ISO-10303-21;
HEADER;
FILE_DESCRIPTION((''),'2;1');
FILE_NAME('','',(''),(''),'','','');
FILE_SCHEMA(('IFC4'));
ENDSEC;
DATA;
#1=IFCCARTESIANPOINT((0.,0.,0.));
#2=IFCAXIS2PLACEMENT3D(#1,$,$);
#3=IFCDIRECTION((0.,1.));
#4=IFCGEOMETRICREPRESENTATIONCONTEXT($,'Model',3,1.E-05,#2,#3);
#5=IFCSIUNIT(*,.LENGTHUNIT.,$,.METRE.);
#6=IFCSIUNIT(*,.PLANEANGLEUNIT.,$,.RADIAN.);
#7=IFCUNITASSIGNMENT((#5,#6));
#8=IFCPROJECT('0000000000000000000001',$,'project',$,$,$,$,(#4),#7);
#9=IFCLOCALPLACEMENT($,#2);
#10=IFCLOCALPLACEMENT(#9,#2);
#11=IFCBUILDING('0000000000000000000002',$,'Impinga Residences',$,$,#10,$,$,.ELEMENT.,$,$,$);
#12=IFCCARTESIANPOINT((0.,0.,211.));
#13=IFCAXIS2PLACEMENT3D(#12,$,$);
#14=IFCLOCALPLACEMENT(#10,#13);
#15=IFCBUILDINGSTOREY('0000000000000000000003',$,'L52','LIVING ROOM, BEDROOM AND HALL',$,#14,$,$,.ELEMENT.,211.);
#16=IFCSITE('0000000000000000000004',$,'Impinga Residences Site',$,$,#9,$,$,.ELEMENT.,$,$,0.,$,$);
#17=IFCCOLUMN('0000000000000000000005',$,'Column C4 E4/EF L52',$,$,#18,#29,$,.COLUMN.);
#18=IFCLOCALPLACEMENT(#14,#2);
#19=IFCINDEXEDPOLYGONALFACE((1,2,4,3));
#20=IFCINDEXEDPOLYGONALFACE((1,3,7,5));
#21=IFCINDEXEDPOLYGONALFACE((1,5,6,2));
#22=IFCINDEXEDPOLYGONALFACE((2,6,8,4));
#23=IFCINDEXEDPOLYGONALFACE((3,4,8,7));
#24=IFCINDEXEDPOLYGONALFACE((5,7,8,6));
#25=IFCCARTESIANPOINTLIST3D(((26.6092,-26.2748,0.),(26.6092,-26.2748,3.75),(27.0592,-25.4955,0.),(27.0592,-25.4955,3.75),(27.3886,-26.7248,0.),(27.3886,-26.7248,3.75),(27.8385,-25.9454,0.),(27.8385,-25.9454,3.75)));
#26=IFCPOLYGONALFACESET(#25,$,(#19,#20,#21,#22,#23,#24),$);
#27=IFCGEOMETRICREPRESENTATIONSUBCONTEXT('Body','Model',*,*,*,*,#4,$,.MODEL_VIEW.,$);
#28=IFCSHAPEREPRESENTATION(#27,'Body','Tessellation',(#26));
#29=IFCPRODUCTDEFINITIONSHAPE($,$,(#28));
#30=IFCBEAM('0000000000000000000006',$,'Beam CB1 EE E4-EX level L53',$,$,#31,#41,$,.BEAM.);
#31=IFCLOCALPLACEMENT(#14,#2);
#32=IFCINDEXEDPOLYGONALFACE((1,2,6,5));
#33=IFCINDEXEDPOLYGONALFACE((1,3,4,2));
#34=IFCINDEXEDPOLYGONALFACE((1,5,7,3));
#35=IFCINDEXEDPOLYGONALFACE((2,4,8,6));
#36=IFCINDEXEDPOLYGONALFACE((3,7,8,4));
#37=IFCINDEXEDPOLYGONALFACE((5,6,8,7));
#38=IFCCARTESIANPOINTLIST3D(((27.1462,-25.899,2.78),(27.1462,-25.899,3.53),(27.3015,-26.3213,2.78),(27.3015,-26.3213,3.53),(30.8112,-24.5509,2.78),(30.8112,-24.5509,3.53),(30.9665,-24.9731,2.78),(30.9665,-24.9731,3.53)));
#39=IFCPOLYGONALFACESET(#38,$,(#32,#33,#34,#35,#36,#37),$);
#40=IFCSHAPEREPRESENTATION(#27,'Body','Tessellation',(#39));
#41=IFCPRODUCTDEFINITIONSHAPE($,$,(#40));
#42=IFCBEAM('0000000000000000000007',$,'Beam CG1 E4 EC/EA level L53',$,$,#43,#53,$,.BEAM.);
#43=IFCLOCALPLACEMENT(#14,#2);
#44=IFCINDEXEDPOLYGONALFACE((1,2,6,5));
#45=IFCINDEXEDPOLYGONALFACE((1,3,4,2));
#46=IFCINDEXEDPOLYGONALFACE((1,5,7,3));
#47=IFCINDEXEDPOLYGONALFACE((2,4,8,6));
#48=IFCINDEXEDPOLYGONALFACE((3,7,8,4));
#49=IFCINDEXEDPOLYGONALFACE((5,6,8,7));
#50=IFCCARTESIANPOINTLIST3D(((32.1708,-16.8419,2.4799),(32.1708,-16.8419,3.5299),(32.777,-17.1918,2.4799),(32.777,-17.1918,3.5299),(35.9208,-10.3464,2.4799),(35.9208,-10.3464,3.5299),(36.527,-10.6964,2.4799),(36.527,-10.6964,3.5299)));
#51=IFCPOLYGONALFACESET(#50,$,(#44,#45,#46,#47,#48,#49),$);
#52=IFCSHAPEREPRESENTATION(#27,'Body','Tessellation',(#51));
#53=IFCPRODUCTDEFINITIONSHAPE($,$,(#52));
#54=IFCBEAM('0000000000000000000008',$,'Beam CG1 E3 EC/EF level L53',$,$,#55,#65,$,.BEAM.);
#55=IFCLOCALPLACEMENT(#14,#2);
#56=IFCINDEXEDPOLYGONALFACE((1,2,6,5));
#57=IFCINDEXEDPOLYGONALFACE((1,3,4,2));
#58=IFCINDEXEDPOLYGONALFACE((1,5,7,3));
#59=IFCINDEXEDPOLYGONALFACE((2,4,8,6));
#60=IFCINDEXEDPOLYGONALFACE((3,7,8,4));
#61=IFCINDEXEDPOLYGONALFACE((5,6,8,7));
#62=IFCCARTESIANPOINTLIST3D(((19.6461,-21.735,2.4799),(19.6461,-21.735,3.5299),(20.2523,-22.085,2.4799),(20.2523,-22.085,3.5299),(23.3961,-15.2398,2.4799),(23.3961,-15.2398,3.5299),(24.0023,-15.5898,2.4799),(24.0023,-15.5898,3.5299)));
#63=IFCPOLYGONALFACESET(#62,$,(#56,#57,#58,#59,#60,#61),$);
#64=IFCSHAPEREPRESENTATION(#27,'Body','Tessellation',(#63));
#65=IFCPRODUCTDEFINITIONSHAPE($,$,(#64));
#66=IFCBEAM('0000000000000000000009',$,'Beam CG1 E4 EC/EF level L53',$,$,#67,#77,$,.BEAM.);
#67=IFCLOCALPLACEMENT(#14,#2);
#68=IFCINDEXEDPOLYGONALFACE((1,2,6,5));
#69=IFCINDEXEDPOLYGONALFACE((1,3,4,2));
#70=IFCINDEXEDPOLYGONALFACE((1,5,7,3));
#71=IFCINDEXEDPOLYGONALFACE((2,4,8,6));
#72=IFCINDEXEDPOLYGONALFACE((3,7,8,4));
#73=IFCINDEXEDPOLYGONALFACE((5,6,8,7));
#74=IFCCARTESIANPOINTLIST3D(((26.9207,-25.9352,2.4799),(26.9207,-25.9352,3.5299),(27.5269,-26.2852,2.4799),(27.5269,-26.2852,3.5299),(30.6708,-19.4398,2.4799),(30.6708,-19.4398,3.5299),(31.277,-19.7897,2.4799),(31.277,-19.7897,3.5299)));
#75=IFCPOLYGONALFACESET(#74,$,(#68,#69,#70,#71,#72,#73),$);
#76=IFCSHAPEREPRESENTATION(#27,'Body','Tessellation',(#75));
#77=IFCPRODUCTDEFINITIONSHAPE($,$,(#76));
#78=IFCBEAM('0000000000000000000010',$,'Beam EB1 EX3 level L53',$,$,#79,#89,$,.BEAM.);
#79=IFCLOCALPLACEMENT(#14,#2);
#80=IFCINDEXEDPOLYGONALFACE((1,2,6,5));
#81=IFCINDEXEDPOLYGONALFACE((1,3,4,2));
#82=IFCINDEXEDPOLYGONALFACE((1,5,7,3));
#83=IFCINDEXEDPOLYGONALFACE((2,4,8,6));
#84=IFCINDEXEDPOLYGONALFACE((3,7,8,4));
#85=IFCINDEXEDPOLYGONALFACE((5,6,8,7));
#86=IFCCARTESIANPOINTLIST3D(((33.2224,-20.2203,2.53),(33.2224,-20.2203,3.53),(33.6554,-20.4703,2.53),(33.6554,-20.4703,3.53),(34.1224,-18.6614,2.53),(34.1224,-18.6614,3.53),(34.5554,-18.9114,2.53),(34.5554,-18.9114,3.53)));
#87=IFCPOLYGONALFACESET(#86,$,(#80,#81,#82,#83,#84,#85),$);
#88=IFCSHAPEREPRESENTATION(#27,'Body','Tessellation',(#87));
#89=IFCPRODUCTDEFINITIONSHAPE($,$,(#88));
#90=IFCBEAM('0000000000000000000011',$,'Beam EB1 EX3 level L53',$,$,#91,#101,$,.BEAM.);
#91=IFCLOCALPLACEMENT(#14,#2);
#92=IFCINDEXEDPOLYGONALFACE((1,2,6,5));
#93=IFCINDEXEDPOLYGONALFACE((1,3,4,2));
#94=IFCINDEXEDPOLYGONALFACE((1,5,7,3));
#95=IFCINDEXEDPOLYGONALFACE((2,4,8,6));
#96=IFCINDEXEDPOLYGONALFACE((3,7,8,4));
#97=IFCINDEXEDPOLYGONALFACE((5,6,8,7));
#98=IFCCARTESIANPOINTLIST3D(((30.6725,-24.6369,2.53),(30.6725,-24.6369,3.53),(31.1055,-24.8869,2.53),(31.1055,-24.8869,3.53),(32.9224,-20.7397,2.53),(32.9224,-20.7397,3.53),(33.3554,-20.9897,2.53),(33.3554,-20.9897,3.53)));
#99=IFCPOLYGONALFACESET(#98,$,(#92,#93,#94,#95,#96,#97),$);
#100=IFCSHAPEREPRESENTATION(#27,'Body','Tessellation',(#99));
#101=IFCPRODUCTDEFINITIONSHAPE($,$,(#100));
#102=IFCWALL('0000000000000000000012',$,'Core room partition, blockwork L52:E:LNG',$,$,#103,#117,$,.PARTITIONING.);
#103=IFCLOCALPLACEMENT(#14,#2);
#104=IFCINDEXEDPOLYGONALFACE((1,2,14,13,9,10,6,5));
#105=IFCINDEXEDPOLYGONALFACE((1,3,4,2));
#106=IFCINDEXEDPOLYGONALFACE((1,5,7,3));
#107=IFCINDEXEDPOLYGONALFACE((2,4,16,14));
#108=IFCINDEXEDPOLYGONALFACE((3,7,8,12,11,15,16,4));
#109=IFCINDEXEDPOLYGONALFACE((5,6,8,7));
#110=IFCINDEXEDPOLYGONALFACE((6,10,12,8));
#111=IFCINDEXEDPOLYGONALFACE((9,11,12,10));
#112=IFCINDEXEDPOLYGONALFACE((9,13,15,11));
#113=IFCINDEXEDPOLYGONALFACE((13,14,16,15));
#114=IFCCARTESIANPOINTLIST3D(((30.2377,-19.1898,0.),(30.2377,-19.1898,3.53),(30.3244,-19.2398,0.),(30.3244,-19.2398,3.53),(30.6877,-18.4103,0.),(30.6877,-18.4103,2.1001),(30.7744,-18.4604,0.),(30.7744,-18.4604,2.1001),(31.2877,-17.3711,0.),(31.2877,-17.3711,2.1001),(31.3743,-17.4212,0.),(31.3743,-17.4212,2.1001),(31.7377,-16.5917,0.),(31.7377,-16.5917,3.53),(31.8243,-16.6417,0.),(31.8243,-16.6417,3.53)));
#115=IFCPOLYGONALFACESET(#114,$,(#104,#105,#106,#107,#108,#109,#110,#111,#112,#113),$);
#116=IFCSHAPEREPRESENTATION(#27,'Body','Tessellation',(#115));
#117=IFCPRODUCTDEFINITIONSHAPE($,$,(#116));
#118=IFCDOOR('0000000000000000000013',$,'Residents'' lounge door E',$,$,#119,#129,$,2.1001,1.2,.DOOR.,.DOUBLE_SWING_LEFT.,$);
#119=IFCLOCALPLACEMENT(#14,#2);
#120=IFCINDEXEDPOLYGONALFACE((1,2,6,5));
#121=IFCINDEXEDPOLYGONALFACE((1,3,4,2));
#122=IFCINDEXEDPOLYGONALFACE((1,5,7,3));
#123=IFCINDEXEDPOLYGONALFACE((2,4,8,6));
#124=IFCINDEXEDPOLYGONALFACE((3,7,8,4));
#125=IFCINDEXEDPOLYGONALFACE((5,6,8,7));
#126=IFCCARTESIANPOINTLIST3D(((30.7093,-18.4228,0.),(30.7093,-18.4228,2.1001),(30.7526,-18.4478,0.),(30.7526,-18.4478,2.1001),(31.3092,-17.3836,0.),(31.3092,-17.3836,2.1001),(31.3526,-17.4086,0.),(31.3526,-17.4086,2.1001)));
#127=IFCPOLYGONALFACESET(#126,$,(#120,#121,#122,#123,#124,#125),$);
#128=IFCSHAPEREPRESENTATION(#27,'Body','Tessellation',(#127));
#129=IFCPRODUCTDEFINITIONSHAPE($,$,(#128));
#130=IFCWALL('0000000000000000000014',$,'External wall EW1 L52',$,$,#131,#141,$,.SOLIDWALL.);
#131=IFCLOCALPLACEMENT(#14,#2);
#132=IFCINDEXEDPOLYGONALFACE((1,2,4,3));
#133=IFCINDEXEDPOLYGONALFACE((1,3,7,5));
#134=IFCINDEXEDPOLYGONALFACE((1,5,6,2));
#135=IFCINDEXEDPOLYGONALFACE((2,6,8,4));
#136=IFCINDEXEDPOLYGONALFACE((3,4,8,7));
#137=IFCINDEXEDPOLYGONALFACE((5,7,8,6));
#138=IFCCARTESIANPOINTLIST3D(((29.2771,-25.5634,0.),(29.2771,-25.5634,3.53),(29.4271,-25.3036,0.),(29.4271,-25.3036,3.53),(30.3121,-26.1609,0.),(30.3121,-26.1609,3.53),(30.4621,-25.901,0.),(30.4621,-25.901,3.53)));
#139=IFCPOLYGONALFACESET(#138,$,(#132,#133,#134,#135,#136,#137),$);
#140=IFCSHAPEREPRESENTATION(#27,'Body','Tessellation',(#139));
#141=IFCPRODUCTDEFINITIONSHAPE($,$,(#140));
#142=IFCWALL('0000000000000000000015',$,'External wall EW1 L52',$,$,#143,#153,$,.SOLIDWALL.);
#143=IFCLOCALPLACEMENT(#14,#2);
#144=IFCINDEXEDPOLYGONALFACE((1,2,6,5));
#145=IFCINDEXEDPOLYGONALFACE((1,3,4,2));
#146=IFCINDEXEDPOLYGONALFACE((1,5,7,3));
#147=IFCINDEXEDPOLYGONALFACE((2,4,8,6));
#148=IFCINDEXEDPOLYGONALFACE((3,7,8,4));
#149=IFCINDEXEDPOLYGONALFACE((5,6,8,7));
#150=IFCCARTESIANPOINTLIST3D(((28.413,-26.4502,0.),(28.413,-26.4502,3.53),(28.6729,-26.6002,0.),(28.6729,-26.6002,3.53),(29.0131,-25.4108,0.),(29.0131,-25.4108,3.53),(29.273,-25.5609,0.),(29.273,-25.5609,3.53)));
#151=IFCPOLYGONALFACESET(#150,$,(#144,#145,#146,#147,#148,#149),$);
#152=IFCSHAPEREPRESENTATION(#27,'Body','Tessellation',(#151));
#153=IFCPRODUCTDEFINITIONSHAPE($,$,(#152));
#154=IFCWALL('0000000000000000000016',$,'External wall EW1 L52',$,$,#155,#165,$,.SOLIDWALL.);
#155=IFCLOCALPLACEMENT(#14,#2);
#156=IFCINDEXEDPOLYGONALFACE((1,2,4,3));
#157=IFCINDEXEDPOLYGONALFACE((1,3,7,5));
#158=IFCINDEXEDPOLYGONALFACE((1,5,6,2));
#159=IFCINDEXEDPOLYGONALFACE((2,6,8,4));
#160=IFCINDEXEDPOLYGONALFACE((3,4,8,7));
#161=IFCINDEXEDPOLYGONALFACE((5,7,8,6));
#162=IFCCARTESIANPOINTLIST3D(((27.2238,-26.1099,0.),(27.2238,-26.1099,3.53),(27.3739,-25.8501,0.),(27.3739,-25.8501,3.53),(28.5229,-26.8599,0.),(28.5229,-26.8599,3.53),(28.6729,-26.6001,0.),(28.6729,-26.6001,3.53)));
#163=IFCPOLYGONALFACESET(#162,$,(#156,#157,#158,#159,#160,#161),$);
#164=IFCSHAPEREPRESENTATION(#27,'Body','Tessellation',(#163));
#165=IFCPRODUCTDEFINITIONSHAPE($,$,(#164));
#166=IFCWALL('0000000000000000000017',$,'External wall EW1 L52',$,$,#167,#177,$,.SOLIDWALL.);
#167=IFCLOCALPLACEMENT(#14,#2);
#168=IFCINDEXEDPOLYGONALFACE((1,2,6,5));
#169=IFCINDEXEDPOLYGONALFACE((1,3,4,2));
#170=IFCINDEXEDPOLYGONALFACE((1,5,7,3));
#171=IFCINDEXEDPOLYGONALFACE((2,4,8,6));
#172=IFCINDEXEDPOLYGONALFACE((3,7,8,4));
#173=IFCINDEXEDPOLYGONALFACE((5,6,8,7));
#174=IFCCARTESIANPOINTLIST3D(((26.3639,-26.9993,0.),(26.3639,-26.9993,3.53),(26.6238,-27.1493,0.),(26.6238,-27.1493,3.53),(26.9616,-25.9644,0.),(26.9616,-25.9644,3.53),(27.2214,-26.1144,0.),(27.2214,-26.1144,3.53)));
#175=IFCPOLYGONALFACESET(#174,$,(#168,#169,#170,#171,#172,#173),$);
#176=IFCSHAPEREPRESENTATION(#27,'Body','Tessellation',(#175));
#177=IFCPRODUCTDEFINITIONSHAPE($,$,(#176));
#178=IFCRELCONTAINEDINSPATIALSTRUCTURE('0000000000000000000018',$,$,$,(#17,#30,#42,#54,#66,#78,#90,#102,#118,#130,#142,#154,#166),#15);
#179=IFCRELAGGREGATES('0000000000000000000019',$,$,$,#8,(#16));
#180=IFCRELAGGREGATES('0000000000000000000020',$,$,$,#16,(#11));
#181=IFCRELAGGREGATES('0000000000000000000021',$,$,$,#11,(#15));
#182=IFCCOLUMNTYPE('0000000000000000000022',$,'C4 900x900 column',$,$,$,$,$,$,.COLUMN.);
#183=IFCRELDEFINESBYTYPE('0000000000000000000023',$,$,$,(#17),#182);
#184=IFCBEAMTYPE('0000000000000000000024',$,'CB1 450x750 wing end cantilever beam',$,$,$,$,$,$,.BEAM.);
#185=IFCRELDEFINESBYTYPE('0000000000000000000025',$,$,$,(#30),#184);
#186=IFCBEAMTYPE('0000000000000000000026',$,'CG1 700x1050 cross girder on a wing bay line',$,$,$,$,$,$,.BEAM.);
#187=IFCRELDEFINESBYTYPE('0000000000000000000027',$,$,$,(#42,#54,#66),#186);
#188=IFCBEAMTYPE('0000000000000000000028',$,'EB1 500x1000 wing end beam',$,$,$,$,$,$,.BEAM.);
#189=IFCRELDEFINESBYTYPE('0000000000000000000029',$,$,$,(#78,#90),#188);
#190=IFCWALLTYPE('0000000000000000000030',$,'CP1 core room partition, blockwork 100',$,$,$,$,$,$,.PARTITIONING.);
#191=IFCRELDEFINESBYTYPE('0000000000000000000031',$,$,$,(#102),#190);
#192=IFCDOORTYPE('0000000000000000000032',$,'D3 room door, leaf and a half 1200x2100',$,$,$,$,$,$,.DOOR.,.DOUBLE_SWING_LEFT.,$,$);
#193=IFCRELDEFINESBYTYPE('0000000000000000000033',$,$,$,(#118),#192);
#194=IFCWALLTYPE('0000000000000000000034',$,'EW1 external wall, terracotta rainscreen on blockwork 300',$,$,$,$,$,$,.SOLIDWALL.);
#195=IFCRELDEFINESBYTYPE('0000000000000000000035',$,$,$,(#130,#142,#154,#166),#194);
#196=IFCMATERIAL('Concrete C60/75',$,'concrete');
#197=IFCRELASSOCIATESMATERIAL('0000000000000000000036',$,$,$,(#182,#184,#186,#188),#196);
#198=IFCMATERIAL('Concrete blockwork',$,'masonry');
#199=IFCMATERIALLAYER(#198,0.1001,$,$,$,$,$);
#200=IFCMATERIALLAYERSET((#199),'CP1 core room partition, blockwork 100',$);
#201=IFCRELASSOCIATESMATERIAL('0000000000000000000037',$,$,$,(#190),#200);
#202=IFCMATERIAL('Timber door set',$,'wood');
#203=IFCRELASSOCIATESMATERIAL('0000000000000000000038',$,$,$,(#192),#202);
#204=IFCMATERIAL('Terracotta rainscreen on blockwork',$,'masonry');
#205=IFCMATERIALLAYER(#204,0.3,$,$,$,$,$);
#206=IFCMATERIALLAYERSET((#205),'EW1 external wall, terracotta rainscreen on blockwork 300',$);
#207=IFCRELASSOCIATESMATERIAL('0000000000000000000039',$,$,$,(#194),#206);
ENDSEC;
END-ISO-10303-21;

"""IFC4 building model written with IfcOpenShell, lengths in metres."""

from ifc_helpers import new_model, si_unit, direction, frame, frame_2d, origin, origin_2d, place, context, subcontext, project, spatial, rectangle, extrude, material, layer, layer_set, material_profile, profile_set, type_object, element, fill, save


model = new_model("IFC4")

# Units and contexts
model_context = context("Model", 3, precision=1e-05, world=origin(), true_north=direction((0.0, 1.0)))
body_context = subcontext(model_context, "Body", "Model", "MODEL_VIEW")
ifc_project = project(units=[si_unit("LENGTHUNIT", "METRE"), si_unit("PLANEANGLEUNIT", "RADIAN")], contexts=[model_context])

# Site, building, storey
site_placement = place(None, origin())
site = spatial("IfcSite", under=ifc_project, at=site_placement, Name="Impinga Residences Site", CompositionType="ELEMENT", RefElevation=0.0)
building_placement = place(site_placement, origin())
building = spatial("IfcBuilding", under=site, at=building_placement, Name="Impinga Residences", CompositionType="ELEMENT")
storey_placement = place(building_placement, frame((0.0, 0.0, 211.0)))
storey = spatial("IfcBuildingStorey", under=building, at=storey_placement, Name="L52", Description="LIVING ROOM, BEDROOM AND HALL", CompositionType="ELEMENT", Elevation=211.0)

# Column
ifc_material_1 = material(Name="Concrete C60/75", Category="concrete")
ifc_material_profile_1 = material_profile(ifc_material_1, rectangle(XDim=0.8999, YDim=0.8999, at=origin_2d()), Name="RC 900x900")
ifc_profile_set_1 = profile_set([ifc_material_profile_1], Name="Concrete C60/75")
column_type = type_object("IfcColumnType", Name="C4 900x900 column", PredefinedType="COLUMN", material=ifc_profile_set_1)
column_placement = place(storey_placement, frame((27.2239, -26.1101, 0.0), z_axis=(0.0, 0.0, 1.0), x_axis=(-0.5, -0.866025, 0.0)))
element("IfcColumn", 1, at=column_placement, inside=storey, type_object=column_type, Name="Column C4 E4/EF L52", PredefinedType="COLUMN", context=body_context, shape_type="SweptSolid", body=[
    extrude(rectangle(XDim=0.8999, YDim=0.8999, at=origin_2d()), origin(), (0.0, 0.0, 1.0), 3.75),
])

# Beams
ifc_material_profile_2 = material_profile(ifc_material_1, rectangle(XDim=0.45, YDim=0.75, at=origin_2d()), Name="RC 450x750")
ifc_profile_set_2 = profile_set([ifc_material_profile_2], Name="Concrete C60/75")
beam_type_1 = type_object("IfcBeamType", Name="CB1 450x750 wing end cantilever beam", PredefinedType="BEAM", material=ifc_profile_set_2)
beam_1_placement = place(storey_placement, frame((27.2239, -26.1101, 3.155), z_axis=(0.93852, 0.345224, 0.0), x_axis=(-0.345224, 0.93852, 0.0)))
element("IfcBeam", 2, at=beam_1_placement, inside=storey, type_object=beam_type_1, Name="Beam CB1 EE E4-EX level L53", PredefinedType="BEAM", context=body_context, shape_type="SweptSolid", body=[
    extrude(rectangle(XDim=0.45, YDim=0.75, at=origin_2d()), origin(), (0.0, 0.0, 1.0), 3.905),
])
ifc_material_profile_3 = material_profile(ifc_material_1, rectangle(XDim=0.7, YDim=1.05, at=origin_2d()), Name="RC 700x1050")
ifc_profile_set_3 = profile_set([ifc_material_profile_3], Name="Concrete C60/75")
beam_type_2 = type_object("IfcBeamType", Name="CG1 700x1050 cross girder on a wing bay line", PredefinedType="BEAM", material=ifc_profile_set_3)
beam_2_placement = place(storey_placement, frame((32.4739, -17.0168, 3.0049), z_axis=(0.49999, 0.866031, 0.0), x_axis=(-0.866031, 0.49999, 0.0)))
element("IfcBeam", 3, at=beam_2_placement, inside=storey, type_object=beam_type_2, Name="Beam CG1 E4 EC/EA level L53", PredefinedType="BEAM", context=body_context, shape_type="SweptSolid", body=[
    extrude(rectangle(XDim=0.7, YDim=1.05, at=origin_2d()), origin(), (0.0, 0.0, 1.0), 7.5002),
])
beam_3_placement = place(storey_placement, frame((23.6992, -15.4148, 3.0049), z_axis=(-0.500004, -0.866023, 0.0), x_axis=(0.866023, -0.500004, 0.0)))
element("IfcBeam", 4, at=beam_3_placement, inside=storey, type_object=beam_type_2, Name="Beam CG1 E3 EC/EF level L53", PredefinedType="BEAM", context=body_context, shape_type="SweptSolid", body=[
    extrude(rectangle(XDim=0.7, YDim=1.05, at=origin_2d()), origin(), (0.0, 0.0, 1.0), 7.5),
])
beam_4_placement = place(storey_placement, frame((30.9739, -19.6147, 3.0049), z_axis=(-0.49999, -0.866031, 0.0), x_axis=(0.866031, -0.49999, 0.0)))
element("IfcBeam", 5, at=beam_4_placement, inside=storey, type_object=beam_type_2, Name="Beam CG1 E4 EC/EF level L53", PredefinedType="BEAM", context=body_context, shape_type="SweptSolid", body=[
    extrude(rectangle(XDim=0.7, YDim=1.05, at=origin_2d()), origin(), (0.0, 0.0, 1.0), 7.5002),
])
ifc_material_profile_4 = material_profile(ifc_material_1, rectangle(XDim=0.5, YDim=1.0, at=origin_2d()), Name="RC 500x1000")
ifc_profile_set_4 = profile_set([ifc_material_profile_4], Name="Concrete C60/75")
beam_type_3 = type_object("IfcBeamType", Name="EB1 500x1000 wing end beam", PredefinedType="BEAM", material=ifc_profile_set_4)
beam_5_placement = place(storey_placement, frame((34.3389, -18.7864, 3.03), z_axis=(-0.499961, -0.866048, 0.0), x_axis=(0.866048, -0.499961, 0.0)))
element("IfcBeam", 6, at=beam_5_placement, inside=storey, type_object=beam_type_3, Name="Beam EB1 EX3 level L53", PredefinedType="BEAM", context=body_context, shape_type="SweptSolid", body=[
    extrude(rectangle(XDim=0.5, YDim=1.0, at=origin_2d()), origin(), (0.0, 0.0, 1.0), 1.8),
])
beam_6_placement = place(storey_placement, frame((33.1389, -20.8647, 3.03), z_axis=(-0.49999, -0.866031, 0.0), x_axis=(0.866031, -0.49999, 0.0)))
element("IfcBeam", 7, at=beam_6_placement, inside=storey, type_object=beam_type_3, Name="Beam EB1 EX3 level L53", PredefinedType="BEAM", context=body_context, shape_type="SweptSolid", body=[
    extrude(rectangle(XDim=0.5, YDim=1.0, at=origin_2d()), origin(), (0.0, 0.0, 1.0), 4.5),
])

# Wall, opening, door
ifc_material_2 = material(Name="Concrete blockwork", Category="masonry")
ifc_layer_1 = layer(ifc_material_2, 0.1001)
ifc_layer_set_1 = layer_set([ifc_layer_1], Name="CP1 core room partition, blockwork 100")
wall_type_1 = type_object("IfcWallType", Name="CP1 core room partition, blockwork 100", PredefinedType="PARTITIONING", material=ifc_layer_set_1)
wall_1_placement = place(storey_placement, frame((31.781, -16.6167, 0.0), z_axis=(0.0, 0.0, 1.0), x_axis=(-0.49999, -0.866031, 0.0)))
wall_1 = element("IfcWall", 8, at=wall_1_placement, inside=storey, type_object=wall_type_1, Name="Core room partition, blockwork L52:E:LNG", PredefinedType="PARTITIONING", context=body_context, shape_type="SweptSolid", body=[
    extrude(rectangle(XDim=3.0, YDim=0.1001, at=frame_2d((1.5, 0.0))), origin(), (0.0, 0.0, 1.0), 3.53),
])
opening_1_placement = place(wall_1_placement, frame((0.8999, 0.0, 0.0)))
opening_1 = element("IfcOpeningElement", 9, at=opening_1_placement, cuts=wall_1, PredefinedType="OPENING", context=body_context, shape_type="SweptSolid", body=[
    extrude(rectangle(XDim=1.2, YDim=2.1001, at=frame_2d((0.6001, 1.05))), frame((0.0, 0.0601, 0.0), z_axis=(0.0, -1.0, 0.0), x_axis=(1.0, 0.0, 0.0)), (0.0, 0.0, 1.0), 0.1201),
])
ifc_material_3 = material(Name="Timber door set", Category="wood")
door_type_1 = type_object("IfcDoorType", Name="D3 room door, leaf and a half 1200x2100", OperationType="DOUBLE_SWING_LEFT", PredefinedType="DOOR", material=ifc_material_3)
door_1_placement = place(opening_1_placement, origin())
door_1 = element("IfcDoor", 10, at=door_1_placement, inside=storey, type_object=door_type_1, Name="Residents' lounge door E", OperationType="DOUBLE_SWING_LEFT", OverallHeight=2.1001, OverallWidth=1.2, PredefinedType="DOOR", context=body_context, shape_type="SweptSolid", body=[
    extrude(rectangle(XDim=1.2, YDim=2.1001, at=frame_2d((0.6001, 1.05))), frame((0.0, 0.0249, 0.0), z_axis=(0.0, -1.0, 0.0), x_axis=(1.0, 0.0, 0.0)), (0.0, 0.0, 1.0), 0.05),
])
fill(opening_1, door_1)

# Walls
ifc_material_4 = material(Name="Terracotta rainscreen on blockwork", Category="masonry")
ifc_layer_2 = layer(ifc_material_4, 0.3)
ifc_layer_set_2 = layer_set([ifc_layer_2], Name="EW1 external wall, terracotta rainscreen on blockwork 300")
wall_type_2 = type_object("IfcWallType", Name="EW1 external wall, terracotta rainscreen on blockwork 300", PredefinedType="SOLIDWALL", material=ifc_layer_set_2)
wall_2_placement = place(storey_placement, frame((30.3872, -26.031, 0.0), z_axis=(0.0, 0.0, 1.0), x_axis=(-0.86606, 0.499941, 0.0)))
element("IfcWall", 11, at=wall_2_placement, inside=storey, type_object=wall_type_2, Name="External wall EW1 L52", PredefinedType="SOLIDWALL", context=body_context, shape_type="SweptSolid", body=[
    extrude(rectangle(XDim=1.1951, YDim=0.3, at=frame_2d((0.5977, 0.0))), origin(), (0.0, 0.0, 1.0), 3.53),
])
wall_3_placement = place(storey_placement, frame((29.1431, -25.4858, 0.0), z_axis=(0.0, 0.0, 1.0), x_axis=(-0.500034, -0.866006, 0.0)))
element("IfcWall", 12, at=wall_3_placement, inside=storey, type_object=wall_type_2, Name="External wall EW1 L52", PredefinedType="SOLIDWALL", context=body_context, shape_type="SweptSolid", body=[
    extrude(rectangle(XDim=1.2002, YDim=0.3, at=frame_2d((0.6001, 0.0))), origin(), (0.0, 0.0, 1.0), 3.53),
])
wall_4_placement = place(storey_placement, frame((28.5979, -26.73, 0.0), z_axis=(0.0, 0.0, 1.0), x_axis=(-0.866031, 0.49999, 0.0)))
element("IfcWall", 13, at=wall_4_placement, inside=storey, type_object=wall_type_2, Name="External wall EW1 L52", PredefinedType="SOLIDWALL", context=body_context, shape_type="SweptSolid", body=[
    extrude(rectangle(XDim=1.5, YDim=0.3, at=frame_2d((0.75, 0.0))), origin(), (0.0, 0.0, 1.0), 3.53),
])
wall_5_placement = place(storey_placement, frame((27.0916, -26.0393, 0.0), z_axis=(0.0, 0.0, 1.0), x_axis=(-0.500094, -0.865971, 0.0)))
element("IfcWall", 14, at=wall_5_placement, inside=storey, type_object=wall_type_2, Name="External wall EW1 L52", PredefinedType="SOLIDWALL", context=body_context, shape_type="SweptSolid", body=[
    extrude(rectangle(XDim=1.1951, YDim=0.3, at=frame_2d((0.5977, 0.0))), origin(), (0.0, 0.0, 1.0), 3.53),
])

save(model, "model.ifc")
